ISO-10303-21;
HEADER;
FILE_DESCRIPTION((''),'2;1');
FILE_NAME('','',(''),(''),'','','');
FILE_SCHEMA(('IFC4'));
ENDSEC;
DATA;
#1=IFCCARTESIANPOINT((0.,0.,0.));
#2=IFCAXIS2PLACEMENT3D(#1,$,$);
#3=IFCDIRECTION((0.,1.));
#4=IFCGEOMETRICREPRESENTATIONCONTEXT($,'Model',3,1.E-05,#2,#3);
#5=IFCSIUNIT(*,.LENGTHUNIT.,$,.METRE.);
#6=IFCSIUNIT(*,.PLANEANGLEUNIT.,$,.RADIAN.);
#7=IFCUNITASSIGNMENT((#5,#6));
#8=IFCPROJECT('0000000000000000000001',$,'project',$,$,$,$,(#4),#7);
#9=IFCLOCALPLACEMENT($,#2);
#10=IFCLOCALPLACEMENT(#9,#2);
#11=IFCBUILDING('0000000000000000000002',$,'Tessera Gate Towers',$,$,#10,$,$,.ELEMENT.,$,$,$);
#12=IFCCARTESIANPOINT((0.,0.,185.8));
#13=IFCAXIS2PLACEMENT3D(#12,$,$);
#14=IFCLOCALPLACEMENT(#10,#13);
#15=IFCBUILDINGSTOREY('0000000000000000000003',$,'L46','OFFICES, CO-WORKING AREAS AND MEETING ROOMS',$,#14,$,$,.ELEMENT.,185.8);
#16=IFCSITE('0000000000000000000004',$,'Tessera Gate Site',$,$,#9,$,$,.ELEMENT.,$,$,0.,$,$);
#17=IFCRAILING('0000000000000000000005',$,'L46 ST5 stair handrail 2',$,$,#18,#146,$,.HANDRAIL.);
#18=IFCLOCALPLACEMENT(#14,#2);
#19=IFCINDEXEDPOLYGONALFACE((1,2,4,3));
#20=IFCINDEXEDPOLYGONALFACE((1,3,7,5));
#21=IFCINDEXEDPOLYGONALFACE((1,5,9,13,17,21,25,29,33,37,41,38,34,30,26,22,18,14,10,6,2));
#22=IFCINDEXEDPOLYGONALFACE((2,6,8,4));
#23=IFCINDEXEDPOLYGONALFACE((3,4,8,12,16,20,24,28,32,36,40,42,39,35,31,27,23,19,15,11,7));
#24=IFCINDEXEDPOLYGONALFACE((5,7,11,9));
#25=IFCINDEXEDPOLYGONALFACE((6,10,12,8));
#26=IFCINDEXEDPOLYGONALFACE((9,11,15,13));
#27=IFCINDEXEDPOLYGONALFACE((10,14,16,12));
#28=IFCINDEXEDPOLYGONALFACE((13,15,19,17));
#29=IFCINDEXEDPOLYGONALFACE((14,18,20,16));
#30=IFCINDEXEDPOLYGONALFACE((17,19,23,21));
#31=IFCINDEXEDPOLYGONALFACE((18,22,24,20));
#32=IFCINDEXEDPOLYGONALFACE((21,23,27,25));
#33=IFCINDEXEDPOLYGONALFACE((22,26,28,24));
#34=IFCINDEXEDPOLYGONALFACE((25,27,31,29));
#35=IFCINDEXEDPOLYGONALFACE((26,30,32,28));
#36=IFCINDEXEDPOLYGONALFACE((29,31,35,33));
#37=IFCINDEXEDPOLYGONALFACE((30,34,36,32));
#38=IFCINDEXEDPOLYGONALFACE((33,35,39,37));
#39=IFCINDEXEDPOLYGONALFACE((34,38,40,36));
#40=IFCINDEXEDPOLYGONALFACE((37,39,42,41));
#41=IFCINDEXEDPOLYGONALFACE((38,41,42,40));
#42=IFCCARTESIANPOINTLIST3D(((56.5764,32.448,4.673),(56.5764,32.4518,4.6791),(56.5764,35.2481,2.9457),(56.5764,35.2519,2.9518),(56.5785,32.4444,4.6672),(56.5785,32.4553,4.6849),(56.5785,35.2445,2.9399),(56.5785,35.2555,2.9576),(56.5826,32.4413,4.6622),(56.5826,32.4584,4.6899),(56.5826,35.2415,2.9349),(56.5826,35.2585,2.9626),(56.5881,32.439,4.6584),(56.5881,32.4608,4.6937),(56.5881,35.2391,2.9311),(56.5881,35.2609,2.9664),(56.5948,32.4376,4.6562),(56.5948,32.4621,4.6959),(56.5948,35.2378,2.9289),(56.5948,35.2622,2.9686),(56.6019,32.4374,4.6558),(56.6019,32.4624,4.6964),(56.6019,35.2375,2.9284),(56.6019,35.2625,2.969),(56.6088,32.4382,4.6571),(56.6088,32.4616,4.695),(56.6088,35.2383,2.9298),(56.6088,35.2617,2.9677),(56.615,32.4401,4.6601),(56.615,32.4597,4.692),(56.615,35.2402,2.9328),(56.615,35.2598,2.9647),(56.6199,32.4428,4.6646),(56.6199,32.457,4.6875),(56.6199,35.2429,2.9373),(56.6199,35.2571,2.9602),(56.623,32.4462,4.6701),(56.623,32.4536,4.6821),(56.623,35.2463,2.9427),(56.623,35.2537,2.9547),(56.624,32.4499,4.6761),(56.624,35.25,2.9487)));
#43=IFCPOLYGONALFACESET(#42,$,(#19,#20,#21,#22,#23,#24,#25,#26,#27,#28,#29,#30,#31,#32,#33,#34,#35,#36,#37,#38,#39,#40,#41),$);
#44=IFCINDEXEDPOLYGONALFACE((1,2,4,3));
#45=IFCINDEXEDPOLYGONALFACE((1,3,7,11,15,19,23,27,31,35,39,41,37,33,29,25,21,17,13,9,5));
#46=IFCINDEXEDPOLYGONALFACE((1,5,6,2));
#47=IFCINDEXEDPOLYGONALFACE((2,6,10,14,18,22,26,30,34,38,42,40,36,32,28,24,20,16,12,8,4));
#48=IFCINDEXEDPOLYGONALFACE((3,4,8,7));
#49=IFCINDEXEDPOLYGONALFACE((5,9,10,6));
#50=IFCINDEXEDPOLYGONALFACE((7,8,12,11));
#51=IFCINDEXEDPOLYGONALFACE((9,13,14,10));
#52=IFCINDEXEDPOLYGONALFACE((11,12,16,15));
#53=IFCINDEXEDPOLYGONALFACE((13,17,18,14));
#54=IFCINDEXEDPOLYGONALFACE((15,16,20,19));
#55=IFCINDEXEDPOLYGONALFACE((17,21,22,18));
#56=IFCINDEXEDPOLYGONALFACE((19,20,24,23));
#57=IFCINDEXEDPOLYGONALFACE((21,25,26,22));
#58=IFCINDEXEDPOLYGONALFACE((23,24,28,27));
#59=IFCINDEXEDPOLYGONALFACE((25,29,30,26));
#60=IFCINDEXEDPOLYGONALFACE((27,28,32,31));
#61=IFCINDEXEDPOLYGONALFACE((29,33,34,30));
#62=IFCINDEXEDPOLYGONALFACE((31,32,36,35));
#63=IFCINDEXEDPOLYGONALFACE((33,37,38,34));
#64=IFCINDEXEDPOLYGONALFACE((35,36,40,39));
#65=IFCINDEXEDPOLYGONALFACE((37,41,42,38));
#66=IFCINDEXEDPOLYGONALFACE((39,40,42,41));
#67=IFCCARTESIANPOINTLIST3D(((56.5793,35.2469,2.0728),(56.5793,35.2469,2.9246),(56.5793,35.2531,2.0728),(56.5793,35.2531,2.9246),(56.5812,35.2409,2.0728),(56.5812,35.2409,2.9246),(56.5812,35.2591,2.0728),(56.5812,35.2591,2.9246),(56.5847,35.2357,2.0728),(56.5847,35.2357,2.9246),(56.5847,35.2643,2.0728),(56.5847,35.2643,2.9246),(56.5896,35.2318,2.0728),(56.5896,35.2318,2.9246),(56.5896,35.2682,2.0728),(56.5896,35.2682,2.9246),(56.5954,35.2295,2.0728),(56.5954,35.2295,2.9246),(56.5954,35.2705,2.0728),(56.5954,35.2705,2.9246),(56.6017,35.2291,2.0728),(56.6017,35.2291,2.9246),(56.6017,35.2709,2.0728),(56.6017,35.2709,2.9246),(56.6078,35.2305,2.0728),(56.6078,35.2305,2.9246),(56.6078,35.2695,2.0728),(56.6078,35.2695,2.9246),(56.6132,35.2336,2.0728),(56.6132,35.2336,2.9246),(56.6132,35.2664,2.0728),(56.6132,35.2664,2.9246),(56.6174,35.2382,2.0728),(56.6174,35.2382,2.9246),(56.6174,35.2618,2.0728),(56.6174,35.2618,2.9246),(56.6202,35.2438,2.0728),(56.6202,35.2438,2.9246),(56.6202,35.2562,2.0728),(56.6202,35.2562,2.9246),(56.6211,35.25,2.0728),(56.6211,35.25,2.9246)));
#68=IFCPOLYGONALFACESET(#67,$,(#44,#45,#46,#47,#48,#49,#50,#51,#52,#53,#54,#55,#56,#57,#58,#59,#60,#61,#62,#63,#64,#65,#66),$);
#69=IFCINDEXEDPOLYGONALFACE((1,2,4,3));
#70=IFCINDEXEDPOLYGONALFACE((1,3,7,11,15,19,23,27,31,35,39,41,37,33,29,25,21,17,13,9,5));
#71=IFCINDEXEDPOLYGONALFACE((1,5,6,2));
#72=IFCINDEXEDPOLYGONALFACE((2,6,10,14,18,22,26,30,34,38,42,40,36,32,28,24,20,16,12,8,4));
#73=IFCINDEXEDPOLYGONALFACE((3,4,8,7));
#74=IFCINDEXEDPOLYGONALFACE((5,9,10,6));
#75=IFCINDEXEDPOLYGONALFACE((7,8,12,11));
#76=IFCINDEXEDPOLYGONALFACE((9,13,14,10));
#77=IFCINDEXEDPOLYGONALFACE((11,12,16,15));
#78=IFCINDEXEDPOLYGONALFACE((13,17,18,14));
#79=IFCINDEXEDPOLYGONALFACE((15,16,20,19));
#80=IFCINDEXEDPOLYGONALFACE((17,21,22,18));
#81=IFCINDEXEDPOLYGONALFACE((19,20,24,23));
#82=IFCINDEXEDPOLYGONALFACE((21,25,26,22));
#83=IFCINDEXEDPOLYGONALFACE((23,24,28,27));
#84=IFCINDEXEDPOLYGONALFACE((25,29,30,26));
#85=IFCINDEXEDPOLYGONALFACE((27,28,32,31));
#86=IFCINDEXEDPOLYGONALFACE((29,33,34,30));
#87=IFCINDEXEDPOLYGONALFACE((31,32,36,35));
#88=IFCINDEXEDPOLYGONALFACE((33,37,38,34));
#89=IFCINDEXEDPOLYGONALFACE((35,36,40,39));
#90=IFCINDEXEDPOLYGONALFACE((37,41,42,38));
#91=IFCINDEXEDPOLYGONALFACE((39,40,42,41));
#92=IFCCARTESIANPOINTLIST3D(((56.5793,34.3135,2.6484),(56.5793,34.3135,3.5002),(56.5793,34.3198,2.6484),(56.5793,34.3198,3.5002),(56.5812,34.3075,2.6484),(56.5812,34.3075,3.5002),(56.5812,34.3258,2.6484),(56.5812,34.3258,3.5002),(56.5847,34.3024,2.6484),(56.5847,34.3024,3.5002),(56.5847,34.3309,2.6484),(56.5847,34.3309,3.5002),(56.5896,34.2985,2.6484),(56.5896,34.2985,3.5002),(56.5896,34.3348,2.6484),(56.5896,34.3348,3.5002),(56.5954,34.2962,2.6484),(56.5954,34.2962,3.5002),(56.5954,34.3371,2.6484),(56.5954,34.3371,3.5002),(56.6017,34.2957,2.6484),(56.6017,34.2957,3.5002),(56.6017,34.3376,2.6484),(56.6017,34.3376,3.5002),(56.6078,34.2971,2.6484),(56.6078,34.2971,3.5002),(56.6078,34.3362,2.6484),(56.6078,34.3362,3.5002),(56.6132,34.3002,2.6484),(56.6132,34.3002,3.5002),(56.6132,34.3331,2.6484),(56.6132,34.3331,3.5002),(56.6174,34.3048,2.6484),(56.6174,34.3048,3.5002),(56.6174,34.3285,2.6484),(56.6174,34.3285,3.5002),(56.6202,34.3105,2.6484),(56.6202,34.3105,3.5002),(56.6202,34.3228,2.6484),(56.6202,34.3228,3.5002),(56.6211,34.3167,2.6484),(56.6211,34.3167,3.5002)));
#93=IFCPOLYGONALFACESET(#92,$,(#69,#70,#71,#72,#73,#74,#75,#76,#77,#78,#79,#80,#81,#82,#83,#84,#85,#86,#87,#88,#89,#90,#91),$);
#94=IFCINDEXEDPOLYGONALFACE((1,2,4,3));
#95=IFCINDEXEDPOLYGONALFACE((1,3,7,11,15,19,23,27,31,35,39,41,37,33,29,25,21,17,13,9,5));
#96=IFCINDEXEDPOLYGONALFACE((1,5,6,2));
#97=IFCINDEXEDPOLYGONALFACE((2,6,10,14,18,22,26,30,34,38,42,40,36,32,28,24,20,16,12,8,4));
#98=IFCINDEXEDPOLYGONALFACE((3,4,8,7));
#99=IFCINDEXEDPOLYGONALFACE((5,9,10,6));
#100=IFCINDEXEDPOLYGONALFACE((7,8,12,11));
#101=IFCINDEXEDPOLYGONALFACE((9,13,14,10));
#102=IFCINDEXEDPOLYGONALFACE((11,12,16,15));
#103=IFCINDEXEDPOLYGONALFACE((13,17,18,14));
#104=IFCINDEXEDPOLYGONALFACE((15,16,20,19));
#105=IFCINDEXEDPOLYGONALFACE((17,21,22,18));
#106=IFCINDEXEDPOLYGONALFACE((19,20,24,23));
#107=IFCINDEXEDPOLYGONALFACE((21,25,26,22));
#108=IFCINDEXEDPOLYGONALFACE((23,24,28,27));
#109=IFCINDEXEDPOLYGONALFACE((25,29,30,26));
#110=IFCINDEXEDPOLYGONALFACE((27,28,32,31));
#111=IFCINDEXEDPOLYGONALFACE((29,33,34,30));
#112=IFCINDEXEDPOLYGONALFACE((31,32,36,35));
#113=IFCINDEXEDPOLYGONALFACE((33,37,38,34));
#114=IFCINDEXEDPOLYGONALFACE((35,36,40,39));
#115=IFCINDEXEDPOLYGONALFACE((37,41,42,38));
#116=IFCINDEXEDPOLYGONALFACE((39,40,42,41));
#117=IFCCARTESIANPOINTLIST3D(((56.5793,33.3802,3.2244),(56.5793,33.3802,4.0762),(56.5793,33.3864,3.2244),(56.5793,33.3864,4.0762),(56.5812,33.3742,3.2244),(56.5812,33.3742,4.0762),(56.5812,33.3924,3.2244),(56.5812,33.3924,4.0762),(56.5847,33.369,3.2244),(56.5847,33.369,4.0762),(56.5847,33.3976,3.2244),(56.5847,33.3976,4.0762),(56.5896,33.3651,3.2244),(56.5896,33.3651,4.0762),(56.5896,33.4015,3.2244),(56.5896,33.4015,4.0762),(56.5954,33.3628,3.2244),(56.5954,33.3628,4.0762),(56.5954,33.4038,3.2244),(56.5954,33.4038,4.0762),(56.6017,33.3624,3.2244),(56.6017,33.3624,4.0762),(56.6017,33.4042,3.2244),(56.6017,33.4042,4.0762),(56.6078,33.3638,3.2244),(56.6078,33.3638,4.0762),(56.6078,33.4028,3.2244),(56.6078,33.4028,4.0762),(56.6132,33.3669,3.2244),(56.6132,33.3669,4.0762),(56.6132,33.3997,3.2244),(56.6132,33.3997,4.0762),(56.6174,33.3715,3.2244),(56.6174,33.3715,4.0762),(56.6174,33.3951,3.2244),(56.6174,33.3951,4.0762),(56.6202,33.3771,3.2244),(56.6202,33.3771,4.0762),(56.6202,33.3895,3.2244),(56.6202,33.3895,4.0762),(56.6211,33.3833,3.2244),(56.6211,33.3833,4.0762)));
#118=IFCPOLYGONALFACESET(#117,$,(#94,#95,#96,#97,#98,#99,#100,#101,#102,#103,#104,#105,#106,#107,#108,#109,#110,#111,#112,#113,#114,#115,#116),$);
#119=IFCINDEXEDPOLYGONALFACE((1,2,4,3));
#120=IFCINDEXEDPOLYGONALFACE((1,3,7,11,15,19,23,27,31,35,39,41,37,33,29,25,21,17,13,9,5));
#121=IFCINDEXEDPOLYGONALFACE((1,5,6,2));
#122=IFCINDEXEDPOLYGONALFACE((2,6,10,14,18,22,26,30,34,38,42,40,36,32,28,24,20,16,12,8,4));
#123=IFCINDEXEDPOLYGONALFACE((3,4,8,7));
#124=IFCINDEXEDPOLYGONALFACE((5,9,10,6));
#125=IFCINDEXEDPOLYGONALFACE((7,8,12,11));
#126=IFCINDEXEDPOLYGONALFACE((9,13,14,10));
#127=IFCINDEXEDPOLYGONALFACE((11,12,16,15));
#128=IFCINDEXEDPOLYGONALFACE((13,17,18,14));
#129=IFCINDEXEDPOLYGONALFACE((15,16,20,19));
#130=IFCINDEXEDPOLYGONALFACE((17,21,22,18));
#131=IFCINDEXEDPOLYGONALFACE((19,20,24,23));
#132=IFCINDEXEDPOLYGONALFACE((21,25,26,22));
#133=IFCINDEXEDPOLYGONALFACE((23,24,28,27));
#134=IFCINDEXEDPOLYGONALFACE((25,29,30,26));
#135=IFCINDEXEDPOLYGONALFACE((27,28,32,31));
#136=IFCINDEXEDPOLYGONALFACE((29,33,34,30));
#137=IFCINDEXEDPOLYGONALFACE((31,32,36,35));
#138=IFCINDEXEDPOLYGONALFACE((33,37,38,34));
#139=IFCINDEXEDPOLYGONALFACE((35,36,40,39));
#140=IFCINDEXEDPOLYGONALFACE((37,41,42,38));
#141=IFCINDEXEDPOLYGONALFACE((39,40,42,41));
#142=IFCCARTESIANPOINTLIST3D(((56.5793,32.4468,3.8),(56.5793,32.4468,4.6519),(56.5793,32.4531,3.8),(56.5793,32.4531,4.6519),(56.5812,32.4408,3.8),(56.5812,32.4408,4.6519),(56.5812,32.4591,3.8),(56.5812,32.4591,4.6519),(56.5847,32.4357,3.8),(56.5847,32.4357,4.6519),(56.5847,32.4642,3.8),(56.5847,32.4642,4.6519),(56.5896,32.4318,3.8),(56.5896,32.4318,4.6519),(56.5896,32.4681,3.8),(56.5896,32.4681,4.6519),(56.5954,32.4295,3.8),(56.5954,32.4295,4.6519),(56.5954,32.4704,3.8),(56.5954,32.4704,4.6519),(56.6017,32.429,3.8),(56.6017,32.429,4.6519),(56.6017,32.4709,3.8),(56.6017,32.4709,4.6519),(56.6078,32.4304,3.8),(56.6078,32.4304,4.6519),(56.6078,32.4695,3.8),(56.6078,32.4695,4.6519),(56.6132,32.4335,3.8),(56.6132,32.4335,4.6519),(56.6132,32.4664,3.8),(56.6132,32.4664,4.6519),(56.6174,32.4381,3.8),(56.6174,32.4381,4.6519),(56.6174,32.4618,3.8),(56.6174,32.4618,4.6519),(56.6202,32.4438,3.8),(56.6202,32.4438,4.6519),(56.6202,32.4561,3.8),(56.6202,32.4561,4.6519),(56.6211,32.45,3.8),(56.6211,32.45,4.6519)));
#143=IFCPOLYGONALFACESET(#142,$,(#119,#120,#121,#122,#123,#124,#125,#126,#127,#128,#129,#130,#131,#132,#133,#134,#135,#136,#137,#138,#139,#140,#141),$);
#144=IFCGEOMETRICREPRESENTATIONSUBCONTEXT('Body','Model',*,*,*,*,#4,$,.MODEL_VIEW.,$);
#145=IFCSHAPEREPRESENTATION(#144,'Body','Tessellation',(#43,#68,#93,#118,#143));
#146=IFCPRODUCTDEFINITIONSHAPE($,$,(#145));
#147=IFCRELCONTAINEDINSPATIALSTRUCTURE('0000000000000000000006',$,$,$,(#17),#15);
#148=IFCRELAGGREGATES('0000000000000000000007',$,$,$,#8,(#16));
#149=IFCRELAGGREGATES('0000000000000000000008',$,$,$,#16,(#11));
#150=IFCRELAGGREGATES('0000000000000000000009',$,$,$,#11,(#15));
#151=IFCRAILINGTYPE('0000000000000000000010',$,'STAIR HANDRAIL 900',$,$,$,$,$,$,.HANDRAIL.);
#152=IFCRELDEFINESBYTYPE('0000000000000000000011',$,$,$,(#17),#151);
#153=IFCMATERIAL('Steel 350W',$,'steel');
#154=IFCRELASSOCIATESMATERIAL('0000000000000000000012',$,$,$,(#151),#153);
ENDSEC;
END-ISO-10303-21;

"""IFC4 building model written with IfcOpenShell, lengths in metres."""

from ifc_helpers import new_model, si_unit, direction, frame, origin, origin_2d, place, context, subcontext, project, spatial, circle, extrude, material, type_object, element, save


model = new_model("IFC4")

# Units and contexts
model_context = context("Model", 3, precision=1e-05, world=origin(), true_north=direction((0.0, 1.0)))
body_context = subcontext(model_context, "Body", "Model", "MODEL_VIEW")
ifc_project = project(units=[si_unit("LENGTHUNIT", "METRE"), si_unit("PLANEANGLEUNIT", "RADIAN")], contexts=[model_context])

# Site, building, storey
site_placement = place(None, origin())
site = spatial("IfcSite", under=ifc_project, at=site_placement, Name="Tessera Gate Site", CompositionType="ELEMENT", RefElevation=0.0)
building_placement = place(site_placement, origin())
building = spatial("IfcBuilding", under=site, at=building_placement, Name="Tessera Gate Towers", CompositionType="ELEMENT")
storey_placement = place(building_placement, frame((0.0, 0.0, 185.8)))
storey = spatial("IfcBuildingStorey", under=building, at=storey_placement, Name="L46", Description="OFFICES, CO-WORKING AREAS AND MEETING ROOMS", CompositionType="ELEMENT", Elevation=185.8)

# Railing
ifc_material_1 = material(Name="Steel 350W", Category="steel")
railing_type_1 = type_object("IfcRailingType", Name="STAIR HANDRAIL 900", PredefinedType="HANDRAIL", material=ifc_material_1)
railing_1_placement = place(storey_placement, frame((56.6001, 35.25, 2.0728)))
element("IfcRailing", 1, at=railing_1_placement, inside=storey, type_object=railing_type_1, Name="L46 ST5 stair handrail 2", PredefinedType="HANDRAIL", context=body_context, shape_type="SweptSolid", body=[
    extrude(circle(Radius=0.0239, at=origin_2d()), frame((0.0, 0.0, 0.876), z_axis=(0.0, -0.85109, 0.52502), x_axis=(1.0, 0.0, 0.0)), (0.0, 0.0, 1.0), 3.29),
    extrude(circle(Radius=0.021, at=origin_2d()), origin(), (0.0, 0.0, 1.0), 0.8518),
    extrude(circle(Radius=0.021, at=origin_2d()), frame((0.0, -0.9333, 0.5757)), (0.0, 0.0, 1.0), 0.8518),
    extrude(circle(Radius=0.021, at=origin_2d()), frame((0.0, -1.8667, 1.1516)), (0.0, 0.0, 1.0), 0.8518),
    extrude(circle(Radius=0.021, at=origin_2d()), frame((0.0, -2.8, 1.7273)), (0.0, 0.0, 1.0), 0.8518),
])

save(model, "model.ifc")
